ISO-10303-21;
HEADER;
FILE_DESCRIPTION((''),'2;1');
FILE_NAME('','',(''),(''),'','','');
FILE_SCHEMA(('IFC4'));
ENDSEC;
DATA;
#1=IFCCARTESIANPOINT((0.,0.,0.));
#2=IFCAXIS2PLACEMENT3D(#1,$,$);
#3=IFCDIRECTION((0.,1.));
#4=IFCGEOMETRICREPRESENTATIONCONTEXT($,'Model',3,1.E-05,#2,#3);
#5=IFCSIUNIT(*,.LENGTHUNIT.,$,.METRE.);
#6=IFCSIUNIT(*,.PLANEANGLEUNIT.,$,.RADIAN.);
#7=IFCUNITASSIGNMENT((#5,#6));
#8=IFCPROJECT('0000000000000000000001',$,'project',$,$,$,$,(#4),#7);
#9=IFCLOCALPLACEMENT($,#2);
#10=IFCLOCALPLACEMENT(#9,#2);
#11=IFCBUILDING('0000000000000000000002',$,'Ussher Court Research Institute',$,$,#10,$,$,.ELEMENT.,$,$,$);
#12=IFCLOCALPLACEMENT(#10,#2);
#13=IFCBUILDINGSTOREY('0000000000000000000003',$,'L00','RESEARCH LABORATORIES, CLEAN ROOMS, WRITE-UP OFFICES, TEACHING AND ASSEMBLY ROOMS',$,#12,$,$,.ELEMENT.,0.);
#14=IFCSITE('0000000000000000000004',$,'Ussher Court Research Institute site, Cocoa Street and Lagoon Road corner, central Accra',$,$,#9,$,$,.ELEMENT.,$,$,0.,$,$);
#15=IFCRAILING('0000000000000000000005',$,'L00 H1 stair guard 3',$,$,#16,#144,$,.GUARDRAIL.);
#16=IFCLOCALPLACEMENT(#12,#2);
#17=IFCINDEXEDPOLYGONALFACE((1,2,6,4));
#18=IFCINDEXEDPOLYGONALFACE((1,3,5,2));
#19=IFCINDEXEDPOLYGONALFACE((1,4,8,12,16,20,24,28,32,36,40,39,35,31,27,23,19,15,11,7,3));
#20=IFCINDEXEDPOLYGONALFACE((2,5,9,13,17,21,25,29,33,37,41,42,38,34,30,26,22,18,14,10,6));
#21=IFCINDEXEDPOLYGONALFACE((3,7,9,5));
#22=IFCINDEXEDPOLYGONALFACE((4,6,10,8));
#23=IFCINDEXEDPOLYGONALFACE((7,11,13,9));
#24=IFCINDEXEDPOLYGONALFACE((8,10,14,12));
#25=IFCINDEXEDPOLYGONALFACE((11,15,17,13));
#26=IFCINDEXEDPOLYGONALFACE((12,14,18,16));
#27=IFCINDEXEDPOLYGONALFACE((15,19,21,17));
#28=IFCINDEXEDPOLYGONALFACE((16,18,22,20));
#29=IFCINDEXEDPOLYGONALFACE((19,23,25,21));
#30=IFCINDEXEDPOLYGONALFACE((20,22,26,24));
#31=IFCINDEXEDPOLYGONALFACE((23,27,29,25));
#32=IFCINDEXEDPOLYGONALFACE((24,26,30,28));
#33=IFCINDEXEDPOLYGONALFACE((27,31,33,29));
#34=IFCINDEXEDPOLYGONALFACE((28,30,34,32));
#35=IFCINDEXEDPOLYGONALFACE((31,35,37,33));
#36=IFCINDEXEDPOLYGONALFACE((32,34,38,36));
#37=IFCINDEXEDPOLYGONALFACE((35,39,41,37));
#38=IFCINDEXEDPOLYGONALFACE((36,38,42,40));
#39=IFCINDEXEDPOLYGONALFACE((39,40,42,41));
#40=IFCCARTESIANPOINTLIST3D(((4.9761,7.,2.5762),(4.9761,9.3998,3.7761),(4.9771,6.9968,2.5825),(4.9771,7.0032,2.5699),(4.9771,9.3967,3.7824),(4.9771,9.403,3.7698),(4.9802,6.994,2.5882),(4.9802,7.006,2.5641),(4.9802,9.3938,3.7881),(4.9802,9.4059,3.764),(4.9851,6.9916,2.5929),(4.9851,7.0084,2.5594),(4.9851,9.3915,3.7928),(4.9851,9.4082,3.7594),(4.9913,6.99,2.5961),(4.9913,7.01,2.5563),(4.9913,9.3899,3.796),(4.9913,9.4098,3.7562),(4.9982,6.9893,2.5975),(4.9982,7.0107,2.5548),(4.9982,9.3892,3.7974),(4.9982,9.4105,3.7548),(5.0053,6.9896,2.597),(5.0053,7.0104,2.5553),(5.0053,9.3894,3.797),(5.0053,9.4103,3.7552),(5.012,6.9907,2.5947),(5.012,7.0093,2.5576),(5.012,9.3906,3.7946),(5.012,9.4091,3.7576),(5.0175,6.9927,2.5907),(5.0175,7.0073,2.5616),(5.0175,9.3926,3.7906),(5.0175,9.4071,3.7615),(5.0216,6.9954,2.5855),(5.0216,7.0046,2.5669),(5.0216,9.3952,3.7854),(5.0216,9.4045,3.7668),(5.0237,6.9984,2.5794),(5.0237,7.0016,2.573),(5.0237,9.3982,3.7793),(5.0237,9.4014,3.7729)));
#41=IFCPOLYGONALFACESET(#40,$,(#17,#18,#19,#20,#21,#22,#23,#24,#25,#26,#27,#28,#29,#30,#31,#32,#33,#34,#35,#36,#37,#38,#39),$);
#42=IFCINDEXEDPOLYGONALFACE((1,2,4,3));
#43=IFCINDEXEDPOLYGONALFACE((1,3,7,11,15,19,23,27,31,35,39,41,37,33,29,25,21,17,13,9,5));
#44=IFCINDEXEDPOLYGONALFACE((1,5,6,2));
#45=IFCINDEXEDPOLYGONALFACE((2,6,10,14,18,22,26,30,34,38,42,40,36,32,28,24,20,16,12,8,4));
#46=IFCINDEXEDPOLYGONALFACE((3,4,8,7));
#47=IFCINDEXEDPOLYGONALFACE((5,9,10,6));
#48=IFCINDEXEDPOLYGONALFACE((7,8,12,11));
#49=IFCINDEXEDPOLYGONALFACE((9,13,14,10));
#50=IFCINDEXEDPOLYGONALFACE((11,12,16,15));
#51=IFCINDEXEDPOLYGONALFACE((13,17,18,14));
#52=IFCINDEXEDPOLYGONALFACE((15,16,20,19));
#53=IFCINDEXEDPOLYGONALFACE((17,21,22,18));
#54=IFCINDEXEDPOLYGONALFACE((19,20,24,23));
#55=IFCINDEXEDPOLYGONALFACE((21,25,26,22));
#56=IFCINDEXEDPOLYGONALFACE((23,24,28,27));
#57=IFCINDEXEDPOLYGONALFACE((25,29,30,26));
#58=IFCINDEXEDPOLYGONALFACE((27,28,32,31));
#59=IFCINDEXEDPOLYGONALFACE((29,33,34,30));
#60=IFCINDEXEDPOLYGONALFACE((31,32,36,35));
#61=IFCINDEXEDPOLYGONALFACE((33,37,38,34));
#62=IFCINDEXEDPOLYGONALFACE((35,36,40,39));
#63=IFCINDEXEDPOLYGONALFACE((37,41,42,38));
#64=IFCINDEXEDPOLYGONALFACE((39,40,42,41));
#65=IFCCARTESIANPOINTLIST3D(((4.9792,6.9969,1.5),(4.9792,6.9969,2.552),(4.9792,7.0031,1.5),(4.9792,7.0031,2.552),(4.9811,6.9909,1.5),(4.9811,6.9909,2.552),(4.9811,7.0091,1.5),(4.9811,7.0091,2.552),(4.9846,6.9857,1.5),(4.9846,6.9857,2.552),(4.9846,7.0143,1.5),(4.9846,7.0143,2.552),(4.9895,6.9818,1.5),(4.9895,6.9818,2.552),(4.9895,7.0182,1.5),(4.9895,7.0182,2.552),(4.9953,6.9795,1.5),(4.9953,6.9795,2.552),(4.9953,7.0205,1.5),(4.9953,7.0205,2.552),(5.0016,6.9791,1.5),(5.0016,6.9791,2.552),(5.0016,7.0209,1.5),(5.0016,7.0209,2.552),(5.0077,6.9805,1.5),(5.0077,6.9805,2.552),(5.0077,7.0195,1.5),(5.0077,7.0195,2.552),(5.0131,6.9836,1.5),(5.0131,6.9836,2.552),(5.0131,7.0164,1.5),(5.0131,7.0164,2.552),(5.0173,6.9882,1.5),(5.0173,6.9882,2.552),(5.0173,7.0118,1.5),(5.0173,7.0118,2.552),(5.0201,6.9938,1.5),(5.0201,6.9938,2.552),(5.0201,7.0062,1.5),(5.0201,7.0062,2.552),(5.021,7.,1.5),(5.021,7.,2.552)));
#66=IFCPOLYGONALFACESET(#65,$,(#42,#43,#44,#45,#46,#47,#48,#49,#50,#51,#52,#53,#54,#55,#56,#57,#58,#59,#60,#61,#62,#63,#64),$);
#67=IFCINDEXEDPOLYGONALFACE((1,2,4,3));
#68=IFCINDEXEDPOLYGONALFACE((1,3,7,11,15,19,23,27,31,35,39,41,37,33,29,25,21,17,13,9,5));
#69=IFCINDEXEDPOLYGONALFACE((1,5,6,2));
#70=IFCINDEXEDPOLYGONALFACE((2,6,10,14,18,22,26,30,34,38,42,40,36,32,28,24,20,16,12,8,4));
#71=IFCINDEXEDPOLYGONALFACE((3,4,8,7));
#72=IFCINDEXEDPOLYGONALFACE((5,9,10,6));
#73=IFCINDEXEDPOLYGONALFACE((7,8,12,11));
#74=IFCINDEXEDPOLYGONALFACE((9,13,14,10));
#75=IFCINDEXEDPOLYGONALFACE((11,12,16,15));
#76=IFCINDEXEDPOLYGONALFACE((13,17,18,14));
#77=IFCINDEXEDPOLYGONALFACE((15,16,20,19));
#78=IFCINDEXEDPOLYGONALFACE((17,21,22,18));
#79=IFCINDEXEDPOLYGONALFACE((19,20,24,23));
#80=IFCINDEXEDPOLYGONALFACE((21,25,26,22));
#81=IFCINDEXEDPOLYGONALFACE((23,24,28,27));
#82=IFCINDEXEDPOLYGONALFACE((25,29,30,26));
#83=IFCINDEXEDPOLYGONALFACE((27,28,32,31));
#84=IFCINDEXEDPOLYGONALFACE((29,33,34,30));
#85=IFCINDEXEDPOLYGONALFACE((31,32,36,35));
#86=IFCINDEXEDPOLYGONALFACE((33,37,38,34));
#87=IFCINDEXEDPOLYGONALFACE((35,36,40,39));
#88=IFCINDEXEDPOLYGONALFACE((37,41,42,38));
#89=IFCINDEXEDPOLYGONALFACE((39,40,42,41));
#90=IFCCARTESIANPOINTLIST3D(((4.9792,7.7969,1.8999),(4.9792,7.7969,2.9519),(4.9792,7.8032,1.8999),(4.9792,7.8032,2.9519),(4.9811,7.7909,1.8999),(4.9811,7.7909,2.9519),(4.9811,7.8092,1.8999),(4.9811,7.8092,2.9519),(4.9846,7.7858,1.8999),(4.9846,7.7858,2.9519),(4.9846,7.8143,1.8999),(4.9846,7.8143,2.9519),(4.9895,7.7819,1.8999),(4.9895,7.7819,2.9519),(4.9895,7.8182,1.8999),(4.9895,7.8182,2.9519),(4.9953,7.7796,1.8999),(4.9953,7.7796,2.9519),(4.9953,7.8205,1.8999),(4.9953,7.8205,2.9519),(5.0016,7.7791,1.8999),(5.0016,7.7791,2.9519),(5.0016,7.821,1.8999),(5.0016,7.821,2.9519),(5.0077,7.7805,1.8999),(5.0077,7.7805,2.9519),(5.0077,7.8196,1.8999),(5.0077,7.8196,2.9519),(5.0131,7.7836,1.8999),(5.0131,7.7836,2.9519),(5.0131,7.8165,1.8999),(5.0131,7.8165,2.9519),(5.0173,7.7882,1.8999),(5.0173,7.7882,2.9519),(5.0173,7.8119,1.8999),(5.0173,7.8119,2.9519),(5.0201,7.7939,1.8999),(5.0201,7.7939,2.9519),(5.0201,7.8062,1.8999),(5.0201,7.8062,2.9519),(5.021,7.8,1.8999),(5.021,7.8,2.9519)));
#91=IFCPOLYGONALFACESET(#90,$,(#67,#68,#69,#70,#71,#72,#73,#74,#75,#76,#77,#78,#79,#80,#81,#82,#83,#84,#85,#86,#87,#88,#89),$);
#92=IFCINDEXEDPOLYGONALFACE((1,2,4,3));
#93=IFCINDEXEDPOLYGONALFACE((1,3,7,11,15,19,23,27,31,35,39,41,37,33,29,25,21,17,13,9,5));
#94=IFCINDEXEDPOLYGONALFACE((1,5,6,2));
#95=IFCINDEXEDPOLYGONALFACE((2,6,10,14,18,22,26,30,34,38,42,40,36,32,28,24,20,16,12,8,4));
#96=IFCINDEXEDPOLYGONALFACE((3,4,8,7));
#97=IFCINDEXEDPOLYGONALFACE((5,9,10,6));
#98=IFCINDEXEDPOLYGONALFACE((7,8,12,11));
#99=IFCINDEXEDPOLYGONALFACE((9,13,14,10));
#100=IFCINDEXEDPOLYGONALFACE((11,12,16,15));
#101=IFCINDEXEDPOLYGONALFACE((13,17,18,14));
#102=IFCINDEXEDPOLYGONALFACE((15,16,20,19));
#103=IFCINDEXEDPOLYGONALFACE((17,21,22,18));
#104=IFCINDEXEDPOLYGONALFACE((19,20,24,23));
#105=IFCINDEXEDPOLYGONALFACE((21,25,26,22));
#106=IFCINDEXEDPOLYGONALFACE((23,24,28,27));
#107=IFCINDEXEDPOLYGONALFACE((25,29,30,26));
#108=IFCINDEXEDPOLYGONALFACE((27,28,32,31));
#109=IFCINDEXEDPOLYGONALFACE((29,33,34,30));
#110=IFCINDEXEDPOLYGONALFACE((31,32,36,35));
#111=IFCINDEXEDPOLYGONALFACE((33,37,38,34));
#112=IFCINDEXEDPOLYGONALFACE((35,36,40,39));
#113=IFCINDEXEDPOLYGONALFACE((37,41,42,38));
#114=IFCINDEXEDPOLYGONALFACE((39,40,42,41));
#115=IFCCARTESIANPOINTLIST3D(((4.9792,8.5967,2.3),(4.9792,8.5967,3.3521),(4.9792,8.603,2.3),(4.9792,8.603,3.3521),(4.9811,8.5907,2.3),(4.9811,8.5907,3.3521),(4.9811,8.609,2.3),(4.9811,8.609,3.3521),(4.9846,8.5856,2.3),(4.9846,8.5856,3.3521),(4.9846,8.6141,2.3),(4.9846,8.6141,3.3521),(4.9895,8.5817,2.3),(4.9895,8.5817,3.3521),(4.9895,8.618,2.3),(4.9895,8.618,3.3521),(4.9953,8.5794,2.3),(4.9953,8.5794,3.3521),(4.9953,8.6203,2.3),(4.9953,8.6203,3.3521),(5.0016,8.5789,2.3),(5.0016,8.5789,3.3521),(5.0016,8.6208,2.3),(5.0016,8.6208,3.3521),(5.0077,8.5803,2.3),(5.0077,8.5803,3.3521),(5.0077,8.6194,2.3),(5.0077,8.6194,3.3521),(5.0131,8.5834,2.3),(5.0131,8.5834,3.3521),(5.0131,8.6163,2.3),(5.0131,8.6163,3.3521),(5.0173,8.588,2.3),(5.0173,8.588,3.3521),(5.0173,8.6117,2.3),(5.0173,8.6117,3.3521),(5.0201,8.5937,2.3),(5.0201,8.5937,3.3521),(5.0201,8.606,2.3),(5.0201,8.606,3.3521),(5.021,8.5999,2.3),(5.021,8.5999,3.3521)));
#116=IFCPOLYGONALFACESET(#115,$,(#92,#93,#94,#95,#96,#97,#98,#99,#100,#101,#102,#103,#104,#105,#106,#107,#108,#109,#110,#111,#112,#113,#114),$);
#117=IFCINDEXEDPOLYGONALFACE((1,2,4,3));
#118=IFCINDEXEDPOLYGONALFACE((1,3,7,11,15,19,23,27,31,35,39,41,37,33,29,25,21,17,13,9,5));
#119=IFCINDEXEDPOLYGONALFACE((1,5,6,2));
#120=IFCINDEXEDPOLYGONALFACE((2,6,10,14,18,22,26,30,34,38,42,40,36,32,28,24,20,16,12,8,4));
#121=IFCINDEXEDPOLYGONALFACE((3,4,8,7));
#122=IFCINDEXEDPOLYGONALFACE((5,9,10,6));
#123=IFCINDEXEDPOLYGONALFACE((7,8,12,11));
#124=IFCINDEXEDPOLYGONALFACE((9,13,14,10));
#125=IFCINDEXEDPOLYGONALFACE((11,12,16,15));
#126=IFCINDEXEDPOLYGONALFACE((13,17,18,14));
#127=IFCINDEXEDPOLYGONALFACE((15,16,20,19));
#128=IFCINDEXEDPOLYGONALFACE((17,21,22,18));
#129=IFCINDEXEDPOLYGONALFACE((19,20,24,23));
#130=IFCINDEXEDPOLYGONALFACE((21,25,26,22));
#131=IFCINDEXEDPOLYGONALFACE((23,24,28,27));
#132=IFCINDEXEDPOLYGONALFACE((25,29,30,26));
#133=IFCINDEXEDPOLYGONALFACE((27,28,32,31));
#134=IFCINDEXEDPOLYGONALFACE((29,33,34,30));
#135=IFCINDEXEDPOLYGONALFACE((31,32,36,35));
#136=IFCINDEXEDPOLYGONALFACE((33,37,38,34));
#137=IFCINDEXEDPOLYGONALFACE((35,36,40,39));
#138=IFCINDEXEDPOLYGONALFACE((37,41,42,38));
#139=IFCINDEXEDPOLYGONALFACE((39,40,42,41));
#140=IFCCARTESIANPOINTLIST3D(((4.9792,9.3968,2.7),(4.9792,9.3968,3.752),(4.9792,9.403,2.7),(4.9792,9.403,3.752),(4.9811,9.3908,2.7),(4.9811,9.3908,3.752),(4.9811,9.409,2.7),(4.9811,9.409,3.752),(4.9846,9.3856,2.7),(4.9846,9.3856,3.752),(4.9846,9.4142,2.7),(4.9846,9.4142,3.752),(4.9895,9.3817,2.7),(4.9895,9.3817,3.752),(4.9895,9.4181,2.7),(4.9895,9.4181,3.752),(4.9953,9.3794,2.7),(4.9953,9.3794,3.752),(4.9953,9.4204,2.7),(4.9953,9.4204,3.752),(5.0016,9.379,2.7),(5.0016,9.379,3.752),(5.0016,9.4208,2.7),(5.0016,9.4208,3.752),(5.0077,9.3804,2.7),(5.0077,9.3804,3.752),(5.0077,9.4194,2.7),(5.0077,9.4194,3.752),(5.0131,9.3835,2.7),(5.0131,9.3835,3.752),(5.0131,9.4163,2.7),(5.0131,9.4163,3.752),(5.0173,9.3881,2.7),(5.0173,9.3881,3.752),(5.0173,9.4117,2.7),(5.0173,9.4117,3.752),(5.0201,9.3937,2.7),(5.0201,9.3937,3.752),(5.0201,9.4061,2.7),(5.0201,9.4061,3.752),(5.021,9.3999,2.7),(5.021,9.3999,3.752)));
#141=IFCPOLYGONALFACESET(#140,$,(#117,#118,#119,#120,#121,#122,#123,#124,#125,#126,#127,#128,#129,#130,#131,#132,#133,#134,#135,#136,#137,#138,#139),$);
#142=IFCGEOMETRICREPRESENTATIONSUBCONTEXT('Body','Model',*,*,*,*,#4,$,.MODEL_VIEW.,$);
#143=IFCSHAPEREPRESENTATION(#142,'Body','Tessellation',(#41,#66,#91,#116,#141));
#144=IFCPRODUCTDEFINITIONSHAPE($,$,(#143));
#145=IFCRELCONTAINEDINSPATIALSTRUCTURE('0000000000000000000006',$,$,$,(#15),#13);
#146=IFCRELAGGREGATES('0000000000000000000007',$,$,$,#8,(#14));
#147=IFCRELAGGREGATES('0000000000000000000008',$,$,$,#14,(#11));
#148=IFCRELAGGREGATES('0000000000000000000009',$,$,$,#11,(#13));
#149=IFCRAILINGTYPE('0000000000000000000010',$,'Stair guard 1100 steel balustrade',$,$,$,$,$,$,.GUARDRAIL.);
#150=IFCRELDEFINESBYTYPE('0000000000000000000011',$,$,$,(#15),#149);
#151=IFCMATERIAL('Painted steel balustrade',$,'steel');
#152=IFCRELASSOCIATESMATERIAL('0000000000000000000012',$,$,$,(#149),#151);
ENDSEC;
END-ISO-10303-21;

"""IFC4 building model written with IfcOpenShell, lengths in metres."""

from ifc_helpers import new_model, si_unit, direction, frame, origin, origin_2d, place, context, subcontext, project, spatial, circle, extrude, material, type_object, element, save


model = new_model("IFC4")

# Units and contexts
model_context = context("Model", 3, precision=1e-05, world=origin(), true_north=direction((0.0, 1.0)))
body_context = subcontext(model_context, "Body", "Model", "MODEL_VIEW")
ifc_project = project(units=[si_unit("LENGTHUNIT", "METRE"), si_unit("PLANEANGLEUNIT", "RADIAN")], contexts=[model_context])

# Site, building, storey
site_placement = place(None, origin())
site = spatial("IfcSite", under=ifc_project, at=site_placement, Name="Ussher Court Research Institute site, Cocoa Street and Lagoon Road corner, central Accra", CompositionType="ELEMENT", RefElevation=0.0)
building_placement = place(site_placement, origin())
building = spatial("IfcBuilding", under=site, at=building_placement, Name="Ussher Court Research Institute", CompositionType="ELEMENT")
storey_placement = place(building_placement, origin())
storey = spatial("IfcBuildingStorey", under=building, at=storey_placement, Name="L00", Description="RESEARCH LABORATORIES, CLEAN ROOMS, WRITE-UP OFFICES, TEACHING AND ASSEMBLY ROOMS", CompositionType="ELEMENT", Elevation=0.0)

# Railing
ifc_material_1 = material(Name="Painted steel balustrade", Category="steel")
railing_type_1 = type_object("IfcRailingType", Name="Stair guard 1100 steel balustrade", PredefinedType="GUARDRAIL", material=ifc_material_1)
railing_1_placement = place(storey_placement, frame((5.0, 7.0, 1.5)))
element("IfcRailing", 1, at=railing_1_placement, inside=storey, type_object=railing_type_1, Name="L00 H1 stair guard 3", PredefinedType="GUARDRAIL", context=body_context, shape_type="SweptSolid", body=[
    extrude(circle(Radius=0.0239, at=origin_2d()), frame((0.0, 0.0, 1.0762), z_axis=(0.0, 0.894427, 0.447214), x_axis=(-1.0, 0.0, 0.0)), (0.0, 0.0, 1.0), 2.6831),
    extrude(circle(Radius=0.021, at=origin_2d()), origin(), (0.0, 0.0, 1.0), 1.052),
    extrude(circle(Radius=0.021, at=origin_2d()), frame((0.0, 0.8, 0.3999)), (0.0, 0.0, 1.0), 1.052),
    extrude(circle(Radius=0.021, at=origin_2d()), frame((0.0, 1.5999, 0.8)), (0.0, 0.0, 1.0), 1.052),
    extrude(circle(Radius=0.021, at=origin_2d()), frame((0.0, 2.3999, 1.2)), (0.0, 0.0, 1.0), 1.052),
])

save(model, "model.ifc")
